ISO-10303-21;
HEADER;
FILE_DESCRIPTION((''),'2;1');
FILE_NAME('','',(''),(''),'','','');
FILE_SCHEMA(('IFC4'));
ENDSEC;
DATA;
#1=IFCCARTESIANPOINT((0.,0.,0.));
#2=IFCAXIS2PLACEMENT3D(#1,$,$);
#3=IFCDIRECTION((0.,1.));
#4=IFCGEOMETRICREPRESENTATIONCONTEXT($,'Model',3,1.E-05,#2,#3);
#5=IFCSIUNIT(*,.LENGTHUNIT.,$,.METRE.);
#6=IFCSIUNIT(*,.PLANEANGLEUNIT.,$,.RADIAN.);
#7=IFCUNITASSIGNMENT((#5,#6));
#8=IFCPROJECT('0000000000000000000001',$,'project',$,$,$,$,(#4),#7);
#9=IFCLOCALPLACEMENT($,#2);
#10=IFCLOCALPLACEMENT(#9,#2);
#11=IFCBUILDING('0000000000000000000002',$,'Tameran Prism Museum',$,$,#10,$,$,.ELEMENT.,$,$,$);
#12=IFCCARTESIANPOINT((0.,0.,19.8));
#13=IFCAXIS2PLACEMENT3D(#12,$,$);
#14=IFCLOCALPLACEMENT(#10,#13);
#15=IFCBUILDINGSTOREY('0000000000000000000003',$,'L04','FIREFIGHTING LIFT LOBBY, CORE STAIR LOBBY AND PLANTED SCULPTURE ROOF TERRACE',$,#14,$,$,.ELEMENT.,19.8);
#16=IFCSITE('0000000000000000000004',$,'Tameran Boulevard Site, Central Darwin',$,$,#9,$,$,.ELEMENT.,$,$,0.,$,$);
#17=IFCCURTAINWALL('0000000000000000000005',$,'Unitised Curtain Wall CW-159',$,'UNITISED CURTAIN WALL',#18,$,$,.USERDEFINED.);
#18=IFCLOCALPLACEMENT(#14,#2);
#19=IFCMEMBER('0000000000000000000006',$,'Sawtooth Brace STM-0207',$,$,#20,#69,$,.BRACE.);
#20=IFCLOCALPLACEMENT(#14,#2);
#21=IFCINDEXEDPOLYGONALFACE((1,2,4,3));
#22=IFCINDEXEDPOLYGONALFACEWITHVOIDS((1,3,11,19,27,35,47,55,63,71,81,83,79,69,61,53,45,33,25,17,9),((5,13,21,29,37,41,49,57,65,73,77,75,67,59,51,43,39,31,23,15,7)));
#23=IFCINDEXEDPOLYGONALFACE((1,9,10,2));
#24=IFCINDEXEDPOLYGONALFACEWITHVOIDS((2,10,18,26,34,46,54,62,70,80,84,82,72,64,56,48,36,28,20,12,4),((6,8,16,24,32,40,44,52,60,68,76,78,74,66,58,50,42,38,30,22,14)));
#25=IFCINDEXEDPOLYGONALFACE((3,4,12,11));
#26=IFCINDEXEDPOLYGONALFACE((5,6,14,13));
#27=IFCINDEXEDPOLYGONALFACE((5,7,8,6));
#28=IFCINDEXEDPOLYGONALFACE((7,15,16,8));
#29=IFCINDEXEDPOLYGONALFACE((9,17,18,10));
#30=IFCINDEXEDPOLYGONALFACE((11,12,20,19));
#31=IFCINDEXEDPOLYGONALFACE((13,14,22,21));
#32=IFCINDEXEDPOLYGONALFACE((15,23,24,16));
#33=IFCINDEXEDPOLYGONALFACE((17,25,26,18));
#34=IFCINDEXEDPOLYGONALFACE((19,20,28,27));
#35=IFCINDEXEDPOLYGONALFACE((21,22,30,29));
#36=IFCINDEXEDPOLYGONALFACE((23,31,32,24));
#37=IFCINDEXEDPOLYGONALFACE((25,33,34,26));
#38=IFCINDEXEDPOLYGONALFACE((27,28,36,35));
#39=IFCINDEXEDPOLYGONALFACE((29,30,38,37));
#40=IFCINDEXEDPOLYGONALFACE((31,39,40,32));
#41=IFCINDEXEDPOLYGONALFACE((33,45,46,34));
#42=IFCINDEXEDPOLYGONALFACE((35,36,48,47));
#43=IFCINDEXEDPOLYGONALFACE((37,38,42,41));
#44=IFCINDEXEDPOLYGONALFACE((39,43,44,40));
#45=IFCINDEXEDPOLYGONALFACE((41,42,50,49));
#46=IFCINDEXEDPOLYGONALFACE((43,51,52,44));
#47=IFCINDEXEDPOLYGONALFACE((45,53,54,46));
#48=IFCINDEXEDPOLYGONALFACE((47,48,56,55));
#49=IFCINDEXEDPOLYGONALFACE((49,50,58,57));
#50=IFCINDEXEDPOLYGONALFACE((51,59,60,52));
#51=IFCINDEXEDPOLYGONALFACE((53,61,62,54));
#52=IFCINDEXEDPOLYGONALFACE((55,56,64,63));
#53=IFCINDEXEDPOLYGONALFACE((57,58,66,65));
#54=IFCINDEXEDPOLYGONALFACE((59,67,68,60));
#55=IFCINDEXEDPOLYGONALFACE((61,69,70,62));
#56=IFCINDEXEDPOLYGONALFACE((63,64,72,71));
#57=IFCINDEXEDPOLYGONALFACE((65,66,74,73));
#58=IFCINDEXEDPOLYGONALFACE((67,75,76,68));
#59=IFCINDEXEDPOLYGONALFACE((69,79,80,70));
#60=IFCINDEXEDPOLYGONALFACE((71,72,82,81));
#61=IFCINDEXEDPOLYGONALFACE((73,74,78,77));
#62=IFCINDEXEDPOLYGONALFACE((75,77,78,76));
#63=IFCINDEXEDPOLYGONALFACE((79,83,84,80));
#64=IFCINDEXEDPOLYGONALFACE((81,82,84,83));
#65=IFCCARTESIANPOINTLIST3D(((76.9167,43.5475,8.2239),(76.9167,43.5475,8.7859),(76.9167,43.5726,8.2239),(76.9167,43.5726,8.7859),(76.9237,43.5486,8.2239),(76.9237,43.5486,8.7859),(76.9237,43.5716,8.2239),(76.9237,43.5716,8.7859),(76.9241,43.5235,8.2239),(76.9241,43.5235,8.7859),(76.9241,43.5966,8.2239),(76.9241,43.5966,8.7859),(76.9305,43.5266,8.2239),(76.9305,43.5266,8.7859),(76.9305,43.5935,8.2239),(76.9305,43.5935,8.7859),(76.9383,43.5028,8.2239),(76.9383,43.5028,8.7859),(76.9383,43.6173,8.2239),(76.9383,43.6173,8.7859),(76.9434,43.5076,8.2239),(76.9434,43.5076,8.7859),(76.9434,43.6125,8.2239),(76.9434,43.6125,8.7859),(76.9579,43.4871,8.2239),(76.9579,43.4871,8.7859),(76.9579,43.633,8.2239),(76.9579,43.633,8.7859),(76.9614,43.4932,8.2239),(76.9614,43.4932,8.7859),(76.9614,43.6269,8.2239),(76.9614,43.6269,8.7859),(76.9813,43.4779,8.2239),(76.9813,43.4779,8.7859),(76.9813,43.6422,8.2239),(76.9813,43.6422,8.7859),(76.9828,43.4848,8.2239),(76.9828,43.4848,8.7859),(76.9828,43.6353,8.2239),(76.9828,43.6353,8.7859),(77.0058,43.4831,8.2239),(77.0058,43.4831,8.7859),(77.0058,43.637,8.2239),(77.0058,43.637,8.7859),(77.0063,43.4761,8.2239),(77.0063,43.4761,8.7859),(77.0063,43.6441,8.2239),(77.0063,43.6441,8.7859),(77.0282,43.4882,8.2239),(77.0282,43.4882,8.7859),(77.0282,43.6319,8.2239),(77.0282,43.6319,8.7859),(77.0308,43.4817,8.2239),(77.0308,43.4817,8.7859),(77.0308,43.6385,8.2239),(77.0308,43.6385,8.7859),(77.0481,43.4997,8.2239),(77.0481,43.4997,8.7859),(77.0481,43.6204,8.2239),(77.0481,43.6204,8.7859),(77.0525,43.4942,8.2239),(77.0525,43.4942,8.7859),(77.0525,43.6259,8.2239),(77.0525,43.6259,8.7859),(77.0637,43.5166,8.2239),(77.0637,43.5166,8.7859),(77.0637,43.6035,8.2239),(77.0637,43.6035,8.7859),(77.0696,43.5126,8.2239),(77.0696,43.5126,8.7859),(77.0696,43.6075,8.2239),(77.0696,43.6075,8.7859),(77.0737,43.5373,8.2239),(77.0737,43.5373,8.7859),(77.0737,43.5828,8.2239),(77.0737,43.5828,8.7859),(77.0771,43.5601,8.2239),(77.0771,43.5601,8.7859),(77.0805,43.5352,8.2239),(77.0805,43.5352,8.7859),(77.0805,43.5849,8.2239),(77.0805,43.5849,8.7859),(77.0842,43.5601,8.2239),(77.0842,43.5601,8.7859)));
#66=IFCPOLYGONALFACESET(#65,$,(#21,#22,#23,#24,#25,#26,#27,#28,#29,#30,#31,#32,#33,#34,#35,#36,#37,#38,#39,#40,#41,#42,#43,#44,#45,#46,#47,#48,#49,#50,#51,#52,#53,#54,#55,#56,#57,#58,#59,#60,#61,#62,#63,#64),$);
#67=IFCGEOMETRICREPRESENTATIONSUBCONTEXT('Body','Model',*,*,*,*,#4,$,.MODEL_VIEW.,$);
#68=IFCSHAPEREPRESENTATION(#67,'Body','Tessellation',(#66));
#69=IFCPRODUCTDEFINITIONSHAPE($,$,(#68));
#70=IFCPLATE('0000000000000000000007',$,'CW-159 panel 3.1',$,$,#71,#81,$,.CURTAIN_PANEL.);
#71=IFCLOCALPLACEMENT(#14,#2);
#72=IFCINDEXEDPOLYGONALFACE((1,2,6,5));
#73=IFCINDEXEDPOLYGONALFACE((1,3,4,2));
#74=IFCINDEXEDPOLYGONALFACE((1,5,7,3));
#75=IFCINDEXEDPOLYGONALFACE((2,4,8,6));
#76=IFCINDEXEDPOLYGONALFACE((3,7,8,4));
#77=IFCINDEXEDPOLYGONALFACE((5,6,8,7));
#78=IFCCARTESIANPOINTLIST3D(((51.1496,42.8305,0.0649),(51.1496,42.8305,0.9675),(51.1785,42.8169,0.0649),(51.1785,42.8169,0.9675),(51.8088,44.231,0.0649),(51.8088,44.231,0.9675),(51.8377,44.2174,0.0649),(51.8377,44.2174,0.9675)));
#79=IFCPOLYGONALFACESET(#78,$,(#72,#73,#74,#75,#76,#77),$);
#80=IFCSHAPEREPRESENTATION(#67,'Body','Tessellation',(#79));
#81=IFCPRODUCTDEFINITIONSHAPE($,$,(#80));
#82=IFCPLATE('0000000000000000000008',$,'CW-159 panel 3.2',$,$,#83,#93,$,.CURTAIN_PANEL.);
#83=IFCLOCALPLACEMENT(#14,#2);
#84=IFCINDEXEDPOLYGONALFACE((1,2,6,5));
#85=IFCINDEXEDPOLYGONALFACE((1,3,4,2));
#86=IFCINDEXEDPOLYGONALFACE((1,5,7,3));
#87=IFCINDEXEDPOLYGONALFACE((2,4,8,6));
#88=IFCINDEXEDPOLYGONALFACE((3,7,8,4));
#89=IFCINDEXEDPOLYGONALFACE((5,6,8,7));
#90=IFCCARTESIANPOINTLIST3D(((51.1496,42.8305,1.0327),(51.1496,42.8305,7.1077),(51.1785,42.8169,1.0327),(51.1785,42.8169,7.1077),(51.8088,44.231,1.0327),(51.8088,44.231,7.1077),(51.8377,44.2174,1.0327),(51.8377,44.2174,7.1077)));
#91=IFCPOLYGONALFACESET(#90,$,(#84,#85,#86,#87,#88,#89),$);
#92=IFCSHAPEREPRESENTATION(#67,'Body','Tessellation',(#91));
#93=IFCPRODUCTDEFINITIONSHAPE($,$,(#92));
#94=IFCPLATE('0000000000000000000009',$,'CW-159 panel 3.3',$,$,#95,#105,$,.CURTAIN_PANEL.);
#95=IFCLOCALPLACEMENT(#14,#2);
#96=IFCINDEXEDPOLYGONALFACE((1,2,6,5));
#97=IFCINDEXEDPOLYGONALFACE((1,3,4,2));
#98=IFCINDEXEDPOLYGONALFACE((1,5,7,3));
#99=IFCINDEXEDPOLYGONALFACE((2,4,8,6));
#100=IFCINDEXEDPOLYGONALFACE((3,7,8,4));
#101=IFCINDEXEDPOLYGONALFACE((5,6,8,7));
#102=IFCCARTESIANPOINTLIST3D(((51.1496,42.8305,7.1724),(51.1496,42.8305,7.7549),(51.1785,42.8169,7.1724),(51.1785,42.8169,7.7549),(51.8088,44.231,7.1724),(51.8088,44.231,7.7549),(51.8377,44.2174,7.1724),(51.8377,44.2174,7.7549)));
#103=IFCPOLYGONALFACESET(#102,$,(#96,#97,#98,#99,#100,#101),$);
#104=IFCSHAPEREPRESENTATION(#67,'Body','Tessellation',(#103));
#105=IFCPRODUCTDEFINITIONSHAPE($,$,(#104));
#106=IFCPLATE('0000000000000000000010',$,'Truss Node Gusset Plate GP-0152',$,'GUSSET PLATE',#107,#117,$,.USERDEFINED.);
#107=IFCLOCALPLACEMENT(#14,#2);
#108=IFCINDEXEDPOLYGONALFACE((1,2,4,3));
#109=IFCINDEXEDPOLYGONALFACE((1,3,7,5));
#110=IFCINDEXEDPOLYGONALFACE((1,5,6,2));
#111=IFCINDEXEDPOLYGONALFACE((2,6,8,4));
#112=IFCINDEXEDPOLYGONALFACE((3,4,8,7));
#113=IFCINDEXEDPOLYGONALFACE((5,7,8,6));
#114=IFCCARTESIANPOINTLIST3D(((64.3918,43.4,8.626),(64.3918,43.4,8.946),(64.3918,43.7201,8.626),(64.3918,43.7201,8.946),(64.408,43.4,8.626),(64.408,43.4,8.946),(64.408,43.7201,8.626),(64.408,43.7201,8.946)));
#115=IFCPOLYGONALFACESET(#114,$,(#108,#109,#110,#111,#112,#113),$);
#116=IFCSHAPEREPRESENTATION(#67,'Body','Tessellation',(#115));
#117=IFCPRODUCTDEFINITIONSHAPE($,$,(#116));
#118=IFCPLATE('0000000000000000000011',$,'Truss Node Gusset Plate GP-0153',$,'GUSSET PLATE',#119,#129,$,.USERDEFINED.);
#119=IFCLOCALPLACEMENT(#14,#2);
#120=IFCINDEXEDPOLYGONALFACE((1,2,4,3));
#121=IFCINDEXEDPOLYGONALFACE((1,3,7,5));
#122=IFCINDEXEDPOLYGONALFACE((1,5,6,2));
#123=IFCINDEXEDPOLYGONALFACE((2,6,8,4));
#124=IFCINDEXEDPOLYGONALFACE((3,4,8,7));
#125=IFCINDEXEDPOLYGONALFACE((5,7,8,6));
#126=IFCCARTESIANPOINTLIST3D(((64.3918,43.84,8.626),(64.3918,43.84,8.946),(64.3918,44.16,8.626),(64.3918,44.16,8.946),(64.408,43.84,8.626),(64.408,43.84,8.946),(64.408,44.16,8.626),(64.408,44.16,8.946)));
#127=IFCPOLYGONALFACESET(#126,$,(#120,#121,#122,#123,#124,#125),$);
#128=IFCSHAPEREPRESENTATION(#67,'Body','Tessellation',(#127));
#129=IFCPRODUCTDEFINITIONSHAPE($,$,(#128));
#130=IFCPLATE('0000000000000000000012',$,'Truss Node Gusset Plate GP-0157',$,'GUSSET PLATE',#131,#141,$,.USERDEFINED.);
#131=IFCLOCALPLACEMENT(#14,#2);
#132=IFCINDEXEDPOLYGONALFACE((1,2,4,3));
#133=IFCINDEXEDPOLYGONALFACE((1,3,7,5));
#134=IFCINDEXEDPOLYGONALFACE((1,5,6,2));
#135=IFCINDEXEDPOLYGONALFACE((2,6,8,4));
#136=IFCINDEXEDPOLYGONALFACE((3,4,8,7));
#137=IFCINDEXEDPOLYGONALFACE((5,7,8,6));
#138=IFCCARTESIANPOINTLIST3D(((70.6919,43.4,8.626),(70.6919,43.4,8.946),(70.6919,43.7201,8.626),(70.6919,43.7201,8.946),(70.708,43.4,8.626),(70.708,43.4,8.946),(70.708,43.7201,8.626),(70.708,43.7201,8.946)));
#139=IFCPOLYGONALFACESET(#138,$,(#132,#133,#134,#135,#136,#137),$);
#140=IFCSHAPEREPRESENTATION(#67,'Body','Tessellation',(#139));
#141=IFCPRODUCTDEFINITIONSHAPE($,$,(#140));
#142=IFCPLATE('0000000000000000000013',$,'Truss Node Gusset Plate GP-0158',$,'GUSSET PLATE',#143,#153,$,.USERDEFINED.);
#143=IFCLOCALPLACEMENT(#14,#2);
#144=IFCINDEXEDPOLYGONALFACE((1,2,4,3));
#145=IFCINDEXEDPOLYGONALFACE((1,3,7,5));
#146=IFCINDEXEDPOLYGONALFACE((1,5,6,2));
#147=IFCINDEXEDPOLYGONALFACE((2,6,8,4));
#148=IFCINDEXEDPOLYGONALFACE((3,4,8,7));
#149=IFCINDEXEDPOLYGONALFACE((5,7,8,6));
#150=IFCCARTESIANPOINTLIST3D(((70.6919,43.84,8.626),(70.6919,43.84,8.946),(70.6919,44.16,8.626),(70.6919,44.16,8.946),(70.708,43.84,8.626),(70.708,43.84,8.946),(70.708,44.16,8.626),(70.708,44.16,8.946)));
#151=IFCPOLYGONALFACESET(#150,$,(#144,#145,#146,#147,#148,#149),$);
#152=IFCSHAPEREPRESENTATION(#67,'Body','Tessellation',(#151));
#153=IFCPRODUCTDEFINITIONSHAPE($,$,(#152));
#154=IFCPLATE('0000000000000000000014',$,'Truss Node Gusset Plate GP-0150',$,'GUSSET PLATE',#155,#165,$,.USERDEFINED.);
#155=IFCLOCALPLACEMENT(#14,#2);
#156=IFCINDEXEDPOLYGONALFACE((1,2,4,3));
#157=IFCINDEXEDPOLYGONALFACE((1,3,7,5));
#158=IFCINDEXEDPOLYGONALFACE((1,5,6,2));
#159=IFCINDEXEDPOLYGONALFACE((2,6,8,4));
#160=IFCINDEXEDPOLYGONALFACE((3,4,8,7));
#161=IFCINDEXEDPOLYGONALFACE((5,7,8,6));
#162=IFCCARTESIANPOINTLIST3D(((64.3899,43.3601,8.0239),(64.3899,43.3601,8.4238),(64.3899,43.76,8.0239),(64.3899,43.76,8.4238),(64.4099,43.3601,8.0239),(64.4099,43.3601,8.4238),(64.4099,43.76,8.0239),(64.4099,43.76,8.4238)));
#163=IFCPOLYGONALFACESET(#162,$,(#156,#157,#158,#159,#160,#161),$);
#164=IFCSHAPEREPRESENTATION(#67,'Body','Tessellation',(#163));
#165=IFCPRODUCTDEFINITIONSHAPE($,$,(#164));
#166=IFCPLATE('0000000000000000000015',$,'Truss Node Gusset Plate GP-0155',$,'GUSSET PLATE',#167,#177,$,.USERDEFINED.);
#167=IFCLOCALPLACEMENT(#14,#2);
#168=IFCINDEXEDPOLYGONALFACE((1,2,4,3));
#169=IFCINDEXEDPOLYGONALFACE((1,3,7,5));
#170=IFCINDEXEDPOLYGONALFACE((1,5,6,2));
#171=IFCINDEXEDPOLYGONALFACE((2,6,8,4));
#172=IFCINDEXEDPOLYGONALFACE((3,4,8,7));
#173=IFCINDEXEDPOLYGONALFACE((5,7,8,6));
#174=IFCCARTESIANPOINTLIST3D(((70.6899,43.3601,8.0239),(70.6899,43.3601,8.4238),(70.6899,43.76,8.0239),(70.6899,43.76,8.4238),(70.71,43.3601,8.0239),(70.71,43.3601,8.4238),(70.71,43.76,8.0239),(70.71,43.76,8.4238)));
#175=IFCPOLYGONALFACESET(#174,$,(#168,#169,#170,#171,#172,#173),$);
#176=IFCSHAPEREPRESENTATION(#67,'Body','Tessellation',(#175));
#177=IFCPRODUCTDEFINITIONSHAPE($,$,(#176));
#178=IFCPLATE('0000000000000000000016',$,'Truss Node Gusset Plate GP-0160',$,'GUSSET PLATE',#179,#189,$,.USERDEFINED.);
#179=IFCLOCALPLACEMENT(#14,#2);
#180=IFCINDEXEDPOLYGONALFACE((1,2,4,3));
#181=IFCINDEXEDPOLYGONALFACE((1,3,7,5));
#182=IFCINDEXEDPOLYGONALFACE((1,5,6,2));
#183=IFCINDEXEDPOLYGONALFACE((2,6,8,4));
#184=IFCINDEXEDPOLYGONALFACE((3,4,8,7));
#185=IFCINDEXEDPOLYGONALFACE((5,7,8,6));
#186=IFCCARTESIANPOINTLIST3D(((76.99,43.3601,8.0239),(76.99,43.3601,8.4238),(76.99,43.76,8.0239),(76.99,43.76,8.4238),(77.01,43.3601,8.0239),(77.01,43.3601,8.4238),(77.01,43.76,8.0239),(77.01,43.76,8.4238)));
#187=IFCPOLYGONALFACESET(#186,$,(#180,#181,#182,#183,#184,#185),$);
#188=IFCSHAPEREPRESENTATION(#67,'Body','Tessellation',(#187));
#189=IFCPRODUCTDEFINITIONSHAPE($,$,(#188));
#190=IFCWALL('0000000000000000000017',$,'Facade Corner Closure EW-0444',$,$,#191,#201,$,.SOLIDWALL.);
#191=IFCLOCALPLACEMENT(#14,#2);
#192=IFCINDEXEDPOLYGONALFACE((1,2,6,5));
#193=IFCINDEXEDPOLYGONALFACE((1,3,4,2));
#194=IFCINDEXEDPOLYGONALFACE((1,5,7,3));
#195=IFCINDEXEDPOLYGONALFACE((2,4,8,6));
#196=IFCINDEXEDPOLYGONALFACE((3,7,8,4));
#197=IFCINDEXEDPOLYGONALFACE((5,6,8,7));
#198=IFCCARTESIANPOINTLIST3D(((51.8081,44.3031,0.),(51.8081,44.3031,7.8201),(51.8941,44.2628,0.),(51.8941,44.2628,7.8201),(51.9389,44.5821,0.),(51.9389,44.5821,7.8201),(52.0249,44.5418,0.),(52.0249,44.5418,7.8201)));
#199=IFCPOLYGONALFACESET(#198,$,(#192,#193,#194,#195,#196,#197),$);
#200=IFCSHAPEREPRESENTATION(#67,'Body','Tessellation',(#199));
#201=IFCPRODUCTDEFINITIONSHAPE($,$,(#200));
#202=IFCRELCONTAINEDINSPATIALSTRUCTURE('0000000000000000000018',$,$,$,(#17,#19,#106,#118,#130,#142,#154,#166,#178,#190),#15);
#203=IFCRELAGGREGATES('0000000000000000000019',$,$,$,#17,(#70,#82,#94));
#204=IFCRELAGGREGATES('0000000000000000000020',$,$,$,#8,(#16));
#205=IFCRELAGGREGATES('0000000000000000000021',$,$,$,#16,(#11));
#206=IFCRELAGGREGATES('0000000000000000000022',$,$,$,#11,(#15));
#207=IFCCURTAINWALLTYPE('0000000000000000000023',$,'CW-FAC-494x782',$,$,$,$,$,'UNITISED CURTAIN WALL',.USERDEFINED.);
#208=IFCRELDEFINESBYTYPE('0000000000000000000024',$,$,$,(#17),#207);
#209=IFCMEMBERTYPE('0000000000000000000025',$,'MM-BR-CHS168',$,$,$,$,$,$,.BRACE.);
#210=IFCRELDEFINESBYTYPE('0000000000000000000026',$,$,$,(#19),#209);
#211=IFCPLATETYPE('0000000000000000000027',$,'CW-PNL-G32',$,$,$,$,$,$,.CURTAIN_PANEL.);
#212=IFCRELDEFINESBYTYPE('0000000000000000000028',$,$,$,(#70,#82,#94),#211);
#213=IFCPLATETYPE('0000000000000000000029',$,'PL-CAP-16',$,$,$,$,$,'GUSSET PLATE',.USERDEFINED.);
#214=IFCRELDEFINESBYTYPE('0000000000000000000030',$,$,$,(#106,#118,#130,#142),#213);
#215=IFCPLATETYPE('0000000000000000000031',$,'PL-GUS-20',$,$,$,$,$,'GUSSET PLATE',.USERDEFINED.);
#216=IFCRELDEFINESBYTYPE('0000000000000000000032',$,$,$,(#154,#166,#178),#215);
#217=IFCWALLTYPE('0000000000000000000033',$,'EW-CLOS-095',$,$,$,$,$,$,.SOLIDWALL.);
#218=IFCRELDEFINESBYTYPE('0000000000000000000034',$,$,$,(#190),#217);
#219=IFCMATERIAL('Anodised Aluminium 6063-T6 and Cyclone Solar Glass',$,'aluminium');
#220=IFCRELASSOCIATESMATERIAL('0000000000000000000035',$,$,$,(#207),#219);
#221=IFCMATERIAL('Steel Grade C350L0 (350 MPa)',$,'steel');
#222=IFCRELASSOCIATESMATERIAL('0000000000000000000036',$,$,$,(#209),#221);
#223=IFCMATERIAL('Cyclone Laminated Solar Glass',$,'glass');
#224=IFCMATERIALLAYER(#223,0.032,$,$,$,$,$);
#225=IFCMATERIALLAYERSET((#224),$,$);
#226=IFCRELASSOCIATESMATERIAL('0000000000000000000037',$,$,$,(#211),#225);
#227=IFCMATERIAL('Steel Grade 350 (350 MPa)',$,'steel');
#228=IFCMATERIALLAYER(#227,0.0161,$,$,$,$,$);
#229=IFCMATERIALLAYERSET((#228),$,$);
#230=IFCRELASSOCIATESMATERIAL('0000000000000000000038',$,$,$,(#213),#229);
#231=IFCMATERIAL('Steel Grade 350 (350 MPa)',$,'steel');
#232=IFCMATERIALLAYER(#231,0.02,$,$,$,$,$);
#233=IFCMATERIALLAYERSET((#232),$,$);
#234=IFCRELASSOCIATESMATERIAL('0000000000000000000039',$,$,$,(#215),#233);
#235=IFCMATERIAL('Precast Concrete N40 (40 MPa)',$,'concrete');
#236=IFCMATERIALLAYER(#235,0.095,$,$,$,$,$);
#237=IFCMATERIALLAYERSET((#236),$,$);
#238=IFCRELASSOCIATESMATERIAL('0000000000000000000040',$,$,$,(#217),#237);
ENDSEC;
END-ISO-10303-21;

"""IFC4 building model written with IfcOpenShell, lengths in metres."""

from ifc_helpers import new_model, si_unit, direction, frame, frame_2d, origin, origin_2d, place, context, subcontext, project, spatial, rectangle, hollow_circle, extrude, material, layer, layer_set, material_profile, profile_set, type_object, element, aggregate, save


model = new_model("IFC4")

# Units and contexts
model_context = context("Model", 3, precision=1e-05, world=origin(), true_north=direction((0.0, 1.0)))
body_context = subcontext(model_context, "Body", "Model", "MODEL_VIEW")
ifc_project = project(units=[si_unit("LENGTHUNIT", "METRE"), si_unit("PLANEANGLEUNIT", "RADIAN")], contexts=[model_context])

# Site, building, storey
site_placement = place(None, origin())
site = spatial("IfcSite", under=ifc_project, at=site_placement, Name="Tameran Boulevard Site, Central Darwin", CompositionType="ELEMENT", RefElevation=0.0)
building_placement = place(site_placement, origin())
building = spatial("IfcBuilding", under=site, at=building_placement, Name="Tameran Prism Museum", CompositionType="ELEMENT")
storey_placement = place(building_placement, frame((0.0, 0.0, 19.8)))
storey = spatial("IfcBuildingStorey", under=building, at=storey_placement, Name="L04", Description="FIREFIGHTING LIFT LOBBY, CORE STAIR LOBBY AND PLANTED SCULPTURE ROOF TERRACE", CompositionType="ELEMENT", Elevation=19.8)

# Curtain wall
ifc_material_1 = material(Name="Anodised Aluminium 6063-T6 and Cyclone Solar Glass", Category="aluminium")
curtain_wall_type = type_object("IfcCurtainWallType", Name="CW-FAC-494x782", ElementType="UNITISED CURTAIN WALL", PredefinedType="USERDEFINED", material=ifc_material_1)
curtain_wall_placement = place(storey_placement, origin())
curtain_wall = element("IfcCurtainWall", 1, at=curtain_wall_placement, inside=storey, type_object=curtain_wall_type, Name="Unitised Curtain Wall CW-159", ObjectType="UNITISED CURTAIN WALL", PredefinedType="USERDEFINED")

# Member
ifc_material_2 = material(Name="Steel Grade C350L0 (350 MPa)", Category="steel")
ifc_material_profile_1 = material_profile(ifc_material_2, hollow_circle(Radius=0.0842, WallThickness=0.0071, at=origin_2d()))
ifc_profile_set_1 = profile_set([ifc_material_profile_1])
member_type_1 = type_object("IfcMemberType", Name="MM-BR-CHS168", PredefinedType="BRACE", material=ifc_profile_set_1)
for number, where, z_axis, x_axis, name in (
    (2, (77.0, 43.5601, 8.7859), (0.0, 0.0, -1.0), (1.0, 0.0, 0.0), "Sawtooth Brace STM-0207"),
):
    element("IfcMember", number, at=place(storey_placement, frame(where, z_axis=z_axis, x_axis=x_axis)), inside=storey, type_object=member_type_1, Name=name, PredefinedType="BRACE", context=body_context, shape_type="SweptSolid", body=[
        extrude(hollow_circle(Radius=0.0842, WallThickness=0.0071, at=origin_2d()), origin(), (0.0, 0.0, 1.0), 0.562),
    ])

# Plates
ifc_material_3 = material(Name="Cyclone Laminated Solar Glass", Category="glass")
ifc_layer_1 = layer(ifc_material_3, 0.032)
ifc_layer_set_1 = layer_set([ifc_layer_1])
plate_type_1 = type_object("IfcPlateType", Name="CW-PNL-G32", PredefinedType="CURTAIN_PANEL", material=ifc_layer_set_1)
plate_1_placement = place(storey_placement, frame((51.4937, 43.5239, 0.0649), z_axis=(0.0, 0.0, 1.0), x_axis=(0.425856, 0.904791, 0.0)))
plate_1 = element("IfcPlate", 3, at=plate_1_placement, type_object=plate_type_1, Name="CW-159 panel 3.1", PredefinedType="CURTAIN_PANEL", context=body_context, shape_type="SweptSolid", body=[
    extrude(rectangle(XDim=1.5479, YDim=0.032, at=origin_2d()), origin(), (0.0, 0.0, 1.0), 0.9026),
])
plate_2_placement = place(storey_placement, frame((51.4937, 43.5239, 1.0327), z_axis=(0.0, 0.0, 1.0), x_axis=(0.425856, 0.904791, 0.0)))
plate_2 = element("IfcPlate", 4, at=plate_2_placement, type_object=plate_type_1, Name="CW-159 panel 3.2", PredefinedType="CURTAIN_PANEL", context=body_context, shape_type="SweptSolid", body=[
    extrude(rectangle(XDim=1.5479, YDim=0.032, at=origin_2d()), origin(), (0.0, 0.0, 1.0), 6.075),
])
plate_3_placement = place(storey_placement, frame((51.4937, 43.5239, 7.1724), z_axis=(0.0, 0.0, 1.0), x_axis=(0.425856, 0.904791, 0.0)))
plate_3 = element("IfcPlate", 5, at=plate_3_placement, type_object=plate_type_1, Name="CW-159 panel 3.3", PredefinedType="CURTAIN_PANEL", context=body_context, shape_type="SweptSolid", body=[
    extrude(rectangle(XDim=1.5479, YDim=0.032, at=origin_2d()), origin(), (0.0, 0.0, 1.0), 0.5825),
])
aggregate(curtain_wall, [plate_1, plate_2, plate_3])

# Plates
ifc_material_4 = material(Name="Steel Grade 350 (350 MPa)", Category="steel")
ifc_layer_2 = layer(ifc_material_4, 0.0161)
ifc_layer_set_2 = layer_set([ifc_layer_2])
plate_type_2 = type_object("IfcPlateType", Name="PL-CAP-16", ElementType="GUSSET PLATE", PredefinedType="USERDEFINED", material=ifc_layer_set_2)
for number, where, z_axis, x_axis, name in (
    (6, (64.3999, 43.5601, 8.626), (0.0, 0.0, 1.0), (1.0, 0.0, 0.0), "Truss Node Gusset Plate GP-0152"),
    (7, (64.3999, 44.0, 8.626), (0.0, 0.0, 1.0), (1.0, 0.0, 0.0), "Truss Node Gusset Plate GP-0153"),
    (8, (70.7, 43.5601, 8.626), (0.0, 0.0, 1.0), (1.0, 0.0, 0.0), "Truss Node Gusset Plate GP-0157"),
    (9, (70.7, 44.0, 8.626), (0.0, 0.0, 1.0), (1.0, 0.0, 0.0), "Truss Node Gusset Plate GP-0158"),
):
    element("IfcPlate", number, at=place(storey_placement, frame(where, z_axis=z_axis, x_axis=x_axis)), inside=storey, type_object=plate_type_2, Name=name, ObjectType="GUSSET PLATE", PredefinedType="USERDEFINED", context=body_context, shape_type="SweptSolid", body=[
        extrude(rectangle(XDim=0.0161, YDim=0.3201, at=origin_2d()), origin(), (0.0, 0.0, 1.0), 0.3201),
    ])
ifc_material_5 = material(Name="Steel Grade 350 (350 MPa)", Category="steel")
ifc_layer_3 = layer(ifc_material_5, 0.02)
ifc_layer_set_3 = layer_set([ifc_layer_3])
plate_type_3 = type_object("IfcPlateType", Name="PL-GUS-20", ElementType="GUSSET PLATE", PredefinedType="USERDEFINED", material=ifc_layer_set_3)
for number, where, z_axis, x_axis, name in (
    (10, (64.3999, 43.5601, 8.0239), (0.0, 0.0, 1.0), (1.0, 0.0, 0.0), "Truss Node Gusset Plate GP-0150"),
    (11, (70.7, 43.5601, 8.0239), (0.0, 0.0, 1.0), (1.0, 0.0, 0.0), "Truss Node Gusset Plate GP-0155"),
    (12, (77.0, 43.5601, 8.0239), (0.0, 0.0, 1.0), (1.0, 0.0, 0.0), "Truss Node Gusset Plate GP-0160"),
):
    element("IfcPlate", number, at=place(storey_placement, frame(where, z_axis=z_axis, x_axis=x_axis)), inside=storey, type_object=plate_type_3, Name=name, ObjectType="GUSSET PLATE", PredefinedType="USERDEFINED", context=body_context, shape_type="SweptSolid", body=[
        extrude(rectangle(XDim=0.02, YDim=0.3999, at=origin_2d()), origin(), (0.0, 0.0, 1.0), 0.3999),
    ])

# Wall
ifc_material_6 = material(Name="Precast Concrete N40 (40 MPa)", Category="concrete")
ifc_layer_4 = layer(ifc_material_6, 0.095)
ifc_layer_set_4 = layer_set([ifc_layer_4])
wall_type_1 = type_object("IfcWallType", Name="EW-CLOS-095", PredefinedType="SOLIDWALL", material=ifc_layer_set_4)
wall_1_placement = place(storey_placement, frame((51.8511, 44.283, 0.0), z_axis=(0.0, 0.0, 1.0), x_axis=(0.424576, 0.905392, 0.0)))
element("IfcWall", 13, at=wall_1_placement, inside=storey, type_object=wall_type_1, Name="Facade Corner Closure EW-0444", PredefinedType="SOLIDWALL", context=body_context, shape_type="SweptSolid", body=[
    extrude(rectangle(XDim=0.3081, YDim=0.095, at=frame_2d((0.1541, 0.0))), origin(), (0.0, 0.0, 1.0), 7.8201),
])

save(model, "model.ifc")
